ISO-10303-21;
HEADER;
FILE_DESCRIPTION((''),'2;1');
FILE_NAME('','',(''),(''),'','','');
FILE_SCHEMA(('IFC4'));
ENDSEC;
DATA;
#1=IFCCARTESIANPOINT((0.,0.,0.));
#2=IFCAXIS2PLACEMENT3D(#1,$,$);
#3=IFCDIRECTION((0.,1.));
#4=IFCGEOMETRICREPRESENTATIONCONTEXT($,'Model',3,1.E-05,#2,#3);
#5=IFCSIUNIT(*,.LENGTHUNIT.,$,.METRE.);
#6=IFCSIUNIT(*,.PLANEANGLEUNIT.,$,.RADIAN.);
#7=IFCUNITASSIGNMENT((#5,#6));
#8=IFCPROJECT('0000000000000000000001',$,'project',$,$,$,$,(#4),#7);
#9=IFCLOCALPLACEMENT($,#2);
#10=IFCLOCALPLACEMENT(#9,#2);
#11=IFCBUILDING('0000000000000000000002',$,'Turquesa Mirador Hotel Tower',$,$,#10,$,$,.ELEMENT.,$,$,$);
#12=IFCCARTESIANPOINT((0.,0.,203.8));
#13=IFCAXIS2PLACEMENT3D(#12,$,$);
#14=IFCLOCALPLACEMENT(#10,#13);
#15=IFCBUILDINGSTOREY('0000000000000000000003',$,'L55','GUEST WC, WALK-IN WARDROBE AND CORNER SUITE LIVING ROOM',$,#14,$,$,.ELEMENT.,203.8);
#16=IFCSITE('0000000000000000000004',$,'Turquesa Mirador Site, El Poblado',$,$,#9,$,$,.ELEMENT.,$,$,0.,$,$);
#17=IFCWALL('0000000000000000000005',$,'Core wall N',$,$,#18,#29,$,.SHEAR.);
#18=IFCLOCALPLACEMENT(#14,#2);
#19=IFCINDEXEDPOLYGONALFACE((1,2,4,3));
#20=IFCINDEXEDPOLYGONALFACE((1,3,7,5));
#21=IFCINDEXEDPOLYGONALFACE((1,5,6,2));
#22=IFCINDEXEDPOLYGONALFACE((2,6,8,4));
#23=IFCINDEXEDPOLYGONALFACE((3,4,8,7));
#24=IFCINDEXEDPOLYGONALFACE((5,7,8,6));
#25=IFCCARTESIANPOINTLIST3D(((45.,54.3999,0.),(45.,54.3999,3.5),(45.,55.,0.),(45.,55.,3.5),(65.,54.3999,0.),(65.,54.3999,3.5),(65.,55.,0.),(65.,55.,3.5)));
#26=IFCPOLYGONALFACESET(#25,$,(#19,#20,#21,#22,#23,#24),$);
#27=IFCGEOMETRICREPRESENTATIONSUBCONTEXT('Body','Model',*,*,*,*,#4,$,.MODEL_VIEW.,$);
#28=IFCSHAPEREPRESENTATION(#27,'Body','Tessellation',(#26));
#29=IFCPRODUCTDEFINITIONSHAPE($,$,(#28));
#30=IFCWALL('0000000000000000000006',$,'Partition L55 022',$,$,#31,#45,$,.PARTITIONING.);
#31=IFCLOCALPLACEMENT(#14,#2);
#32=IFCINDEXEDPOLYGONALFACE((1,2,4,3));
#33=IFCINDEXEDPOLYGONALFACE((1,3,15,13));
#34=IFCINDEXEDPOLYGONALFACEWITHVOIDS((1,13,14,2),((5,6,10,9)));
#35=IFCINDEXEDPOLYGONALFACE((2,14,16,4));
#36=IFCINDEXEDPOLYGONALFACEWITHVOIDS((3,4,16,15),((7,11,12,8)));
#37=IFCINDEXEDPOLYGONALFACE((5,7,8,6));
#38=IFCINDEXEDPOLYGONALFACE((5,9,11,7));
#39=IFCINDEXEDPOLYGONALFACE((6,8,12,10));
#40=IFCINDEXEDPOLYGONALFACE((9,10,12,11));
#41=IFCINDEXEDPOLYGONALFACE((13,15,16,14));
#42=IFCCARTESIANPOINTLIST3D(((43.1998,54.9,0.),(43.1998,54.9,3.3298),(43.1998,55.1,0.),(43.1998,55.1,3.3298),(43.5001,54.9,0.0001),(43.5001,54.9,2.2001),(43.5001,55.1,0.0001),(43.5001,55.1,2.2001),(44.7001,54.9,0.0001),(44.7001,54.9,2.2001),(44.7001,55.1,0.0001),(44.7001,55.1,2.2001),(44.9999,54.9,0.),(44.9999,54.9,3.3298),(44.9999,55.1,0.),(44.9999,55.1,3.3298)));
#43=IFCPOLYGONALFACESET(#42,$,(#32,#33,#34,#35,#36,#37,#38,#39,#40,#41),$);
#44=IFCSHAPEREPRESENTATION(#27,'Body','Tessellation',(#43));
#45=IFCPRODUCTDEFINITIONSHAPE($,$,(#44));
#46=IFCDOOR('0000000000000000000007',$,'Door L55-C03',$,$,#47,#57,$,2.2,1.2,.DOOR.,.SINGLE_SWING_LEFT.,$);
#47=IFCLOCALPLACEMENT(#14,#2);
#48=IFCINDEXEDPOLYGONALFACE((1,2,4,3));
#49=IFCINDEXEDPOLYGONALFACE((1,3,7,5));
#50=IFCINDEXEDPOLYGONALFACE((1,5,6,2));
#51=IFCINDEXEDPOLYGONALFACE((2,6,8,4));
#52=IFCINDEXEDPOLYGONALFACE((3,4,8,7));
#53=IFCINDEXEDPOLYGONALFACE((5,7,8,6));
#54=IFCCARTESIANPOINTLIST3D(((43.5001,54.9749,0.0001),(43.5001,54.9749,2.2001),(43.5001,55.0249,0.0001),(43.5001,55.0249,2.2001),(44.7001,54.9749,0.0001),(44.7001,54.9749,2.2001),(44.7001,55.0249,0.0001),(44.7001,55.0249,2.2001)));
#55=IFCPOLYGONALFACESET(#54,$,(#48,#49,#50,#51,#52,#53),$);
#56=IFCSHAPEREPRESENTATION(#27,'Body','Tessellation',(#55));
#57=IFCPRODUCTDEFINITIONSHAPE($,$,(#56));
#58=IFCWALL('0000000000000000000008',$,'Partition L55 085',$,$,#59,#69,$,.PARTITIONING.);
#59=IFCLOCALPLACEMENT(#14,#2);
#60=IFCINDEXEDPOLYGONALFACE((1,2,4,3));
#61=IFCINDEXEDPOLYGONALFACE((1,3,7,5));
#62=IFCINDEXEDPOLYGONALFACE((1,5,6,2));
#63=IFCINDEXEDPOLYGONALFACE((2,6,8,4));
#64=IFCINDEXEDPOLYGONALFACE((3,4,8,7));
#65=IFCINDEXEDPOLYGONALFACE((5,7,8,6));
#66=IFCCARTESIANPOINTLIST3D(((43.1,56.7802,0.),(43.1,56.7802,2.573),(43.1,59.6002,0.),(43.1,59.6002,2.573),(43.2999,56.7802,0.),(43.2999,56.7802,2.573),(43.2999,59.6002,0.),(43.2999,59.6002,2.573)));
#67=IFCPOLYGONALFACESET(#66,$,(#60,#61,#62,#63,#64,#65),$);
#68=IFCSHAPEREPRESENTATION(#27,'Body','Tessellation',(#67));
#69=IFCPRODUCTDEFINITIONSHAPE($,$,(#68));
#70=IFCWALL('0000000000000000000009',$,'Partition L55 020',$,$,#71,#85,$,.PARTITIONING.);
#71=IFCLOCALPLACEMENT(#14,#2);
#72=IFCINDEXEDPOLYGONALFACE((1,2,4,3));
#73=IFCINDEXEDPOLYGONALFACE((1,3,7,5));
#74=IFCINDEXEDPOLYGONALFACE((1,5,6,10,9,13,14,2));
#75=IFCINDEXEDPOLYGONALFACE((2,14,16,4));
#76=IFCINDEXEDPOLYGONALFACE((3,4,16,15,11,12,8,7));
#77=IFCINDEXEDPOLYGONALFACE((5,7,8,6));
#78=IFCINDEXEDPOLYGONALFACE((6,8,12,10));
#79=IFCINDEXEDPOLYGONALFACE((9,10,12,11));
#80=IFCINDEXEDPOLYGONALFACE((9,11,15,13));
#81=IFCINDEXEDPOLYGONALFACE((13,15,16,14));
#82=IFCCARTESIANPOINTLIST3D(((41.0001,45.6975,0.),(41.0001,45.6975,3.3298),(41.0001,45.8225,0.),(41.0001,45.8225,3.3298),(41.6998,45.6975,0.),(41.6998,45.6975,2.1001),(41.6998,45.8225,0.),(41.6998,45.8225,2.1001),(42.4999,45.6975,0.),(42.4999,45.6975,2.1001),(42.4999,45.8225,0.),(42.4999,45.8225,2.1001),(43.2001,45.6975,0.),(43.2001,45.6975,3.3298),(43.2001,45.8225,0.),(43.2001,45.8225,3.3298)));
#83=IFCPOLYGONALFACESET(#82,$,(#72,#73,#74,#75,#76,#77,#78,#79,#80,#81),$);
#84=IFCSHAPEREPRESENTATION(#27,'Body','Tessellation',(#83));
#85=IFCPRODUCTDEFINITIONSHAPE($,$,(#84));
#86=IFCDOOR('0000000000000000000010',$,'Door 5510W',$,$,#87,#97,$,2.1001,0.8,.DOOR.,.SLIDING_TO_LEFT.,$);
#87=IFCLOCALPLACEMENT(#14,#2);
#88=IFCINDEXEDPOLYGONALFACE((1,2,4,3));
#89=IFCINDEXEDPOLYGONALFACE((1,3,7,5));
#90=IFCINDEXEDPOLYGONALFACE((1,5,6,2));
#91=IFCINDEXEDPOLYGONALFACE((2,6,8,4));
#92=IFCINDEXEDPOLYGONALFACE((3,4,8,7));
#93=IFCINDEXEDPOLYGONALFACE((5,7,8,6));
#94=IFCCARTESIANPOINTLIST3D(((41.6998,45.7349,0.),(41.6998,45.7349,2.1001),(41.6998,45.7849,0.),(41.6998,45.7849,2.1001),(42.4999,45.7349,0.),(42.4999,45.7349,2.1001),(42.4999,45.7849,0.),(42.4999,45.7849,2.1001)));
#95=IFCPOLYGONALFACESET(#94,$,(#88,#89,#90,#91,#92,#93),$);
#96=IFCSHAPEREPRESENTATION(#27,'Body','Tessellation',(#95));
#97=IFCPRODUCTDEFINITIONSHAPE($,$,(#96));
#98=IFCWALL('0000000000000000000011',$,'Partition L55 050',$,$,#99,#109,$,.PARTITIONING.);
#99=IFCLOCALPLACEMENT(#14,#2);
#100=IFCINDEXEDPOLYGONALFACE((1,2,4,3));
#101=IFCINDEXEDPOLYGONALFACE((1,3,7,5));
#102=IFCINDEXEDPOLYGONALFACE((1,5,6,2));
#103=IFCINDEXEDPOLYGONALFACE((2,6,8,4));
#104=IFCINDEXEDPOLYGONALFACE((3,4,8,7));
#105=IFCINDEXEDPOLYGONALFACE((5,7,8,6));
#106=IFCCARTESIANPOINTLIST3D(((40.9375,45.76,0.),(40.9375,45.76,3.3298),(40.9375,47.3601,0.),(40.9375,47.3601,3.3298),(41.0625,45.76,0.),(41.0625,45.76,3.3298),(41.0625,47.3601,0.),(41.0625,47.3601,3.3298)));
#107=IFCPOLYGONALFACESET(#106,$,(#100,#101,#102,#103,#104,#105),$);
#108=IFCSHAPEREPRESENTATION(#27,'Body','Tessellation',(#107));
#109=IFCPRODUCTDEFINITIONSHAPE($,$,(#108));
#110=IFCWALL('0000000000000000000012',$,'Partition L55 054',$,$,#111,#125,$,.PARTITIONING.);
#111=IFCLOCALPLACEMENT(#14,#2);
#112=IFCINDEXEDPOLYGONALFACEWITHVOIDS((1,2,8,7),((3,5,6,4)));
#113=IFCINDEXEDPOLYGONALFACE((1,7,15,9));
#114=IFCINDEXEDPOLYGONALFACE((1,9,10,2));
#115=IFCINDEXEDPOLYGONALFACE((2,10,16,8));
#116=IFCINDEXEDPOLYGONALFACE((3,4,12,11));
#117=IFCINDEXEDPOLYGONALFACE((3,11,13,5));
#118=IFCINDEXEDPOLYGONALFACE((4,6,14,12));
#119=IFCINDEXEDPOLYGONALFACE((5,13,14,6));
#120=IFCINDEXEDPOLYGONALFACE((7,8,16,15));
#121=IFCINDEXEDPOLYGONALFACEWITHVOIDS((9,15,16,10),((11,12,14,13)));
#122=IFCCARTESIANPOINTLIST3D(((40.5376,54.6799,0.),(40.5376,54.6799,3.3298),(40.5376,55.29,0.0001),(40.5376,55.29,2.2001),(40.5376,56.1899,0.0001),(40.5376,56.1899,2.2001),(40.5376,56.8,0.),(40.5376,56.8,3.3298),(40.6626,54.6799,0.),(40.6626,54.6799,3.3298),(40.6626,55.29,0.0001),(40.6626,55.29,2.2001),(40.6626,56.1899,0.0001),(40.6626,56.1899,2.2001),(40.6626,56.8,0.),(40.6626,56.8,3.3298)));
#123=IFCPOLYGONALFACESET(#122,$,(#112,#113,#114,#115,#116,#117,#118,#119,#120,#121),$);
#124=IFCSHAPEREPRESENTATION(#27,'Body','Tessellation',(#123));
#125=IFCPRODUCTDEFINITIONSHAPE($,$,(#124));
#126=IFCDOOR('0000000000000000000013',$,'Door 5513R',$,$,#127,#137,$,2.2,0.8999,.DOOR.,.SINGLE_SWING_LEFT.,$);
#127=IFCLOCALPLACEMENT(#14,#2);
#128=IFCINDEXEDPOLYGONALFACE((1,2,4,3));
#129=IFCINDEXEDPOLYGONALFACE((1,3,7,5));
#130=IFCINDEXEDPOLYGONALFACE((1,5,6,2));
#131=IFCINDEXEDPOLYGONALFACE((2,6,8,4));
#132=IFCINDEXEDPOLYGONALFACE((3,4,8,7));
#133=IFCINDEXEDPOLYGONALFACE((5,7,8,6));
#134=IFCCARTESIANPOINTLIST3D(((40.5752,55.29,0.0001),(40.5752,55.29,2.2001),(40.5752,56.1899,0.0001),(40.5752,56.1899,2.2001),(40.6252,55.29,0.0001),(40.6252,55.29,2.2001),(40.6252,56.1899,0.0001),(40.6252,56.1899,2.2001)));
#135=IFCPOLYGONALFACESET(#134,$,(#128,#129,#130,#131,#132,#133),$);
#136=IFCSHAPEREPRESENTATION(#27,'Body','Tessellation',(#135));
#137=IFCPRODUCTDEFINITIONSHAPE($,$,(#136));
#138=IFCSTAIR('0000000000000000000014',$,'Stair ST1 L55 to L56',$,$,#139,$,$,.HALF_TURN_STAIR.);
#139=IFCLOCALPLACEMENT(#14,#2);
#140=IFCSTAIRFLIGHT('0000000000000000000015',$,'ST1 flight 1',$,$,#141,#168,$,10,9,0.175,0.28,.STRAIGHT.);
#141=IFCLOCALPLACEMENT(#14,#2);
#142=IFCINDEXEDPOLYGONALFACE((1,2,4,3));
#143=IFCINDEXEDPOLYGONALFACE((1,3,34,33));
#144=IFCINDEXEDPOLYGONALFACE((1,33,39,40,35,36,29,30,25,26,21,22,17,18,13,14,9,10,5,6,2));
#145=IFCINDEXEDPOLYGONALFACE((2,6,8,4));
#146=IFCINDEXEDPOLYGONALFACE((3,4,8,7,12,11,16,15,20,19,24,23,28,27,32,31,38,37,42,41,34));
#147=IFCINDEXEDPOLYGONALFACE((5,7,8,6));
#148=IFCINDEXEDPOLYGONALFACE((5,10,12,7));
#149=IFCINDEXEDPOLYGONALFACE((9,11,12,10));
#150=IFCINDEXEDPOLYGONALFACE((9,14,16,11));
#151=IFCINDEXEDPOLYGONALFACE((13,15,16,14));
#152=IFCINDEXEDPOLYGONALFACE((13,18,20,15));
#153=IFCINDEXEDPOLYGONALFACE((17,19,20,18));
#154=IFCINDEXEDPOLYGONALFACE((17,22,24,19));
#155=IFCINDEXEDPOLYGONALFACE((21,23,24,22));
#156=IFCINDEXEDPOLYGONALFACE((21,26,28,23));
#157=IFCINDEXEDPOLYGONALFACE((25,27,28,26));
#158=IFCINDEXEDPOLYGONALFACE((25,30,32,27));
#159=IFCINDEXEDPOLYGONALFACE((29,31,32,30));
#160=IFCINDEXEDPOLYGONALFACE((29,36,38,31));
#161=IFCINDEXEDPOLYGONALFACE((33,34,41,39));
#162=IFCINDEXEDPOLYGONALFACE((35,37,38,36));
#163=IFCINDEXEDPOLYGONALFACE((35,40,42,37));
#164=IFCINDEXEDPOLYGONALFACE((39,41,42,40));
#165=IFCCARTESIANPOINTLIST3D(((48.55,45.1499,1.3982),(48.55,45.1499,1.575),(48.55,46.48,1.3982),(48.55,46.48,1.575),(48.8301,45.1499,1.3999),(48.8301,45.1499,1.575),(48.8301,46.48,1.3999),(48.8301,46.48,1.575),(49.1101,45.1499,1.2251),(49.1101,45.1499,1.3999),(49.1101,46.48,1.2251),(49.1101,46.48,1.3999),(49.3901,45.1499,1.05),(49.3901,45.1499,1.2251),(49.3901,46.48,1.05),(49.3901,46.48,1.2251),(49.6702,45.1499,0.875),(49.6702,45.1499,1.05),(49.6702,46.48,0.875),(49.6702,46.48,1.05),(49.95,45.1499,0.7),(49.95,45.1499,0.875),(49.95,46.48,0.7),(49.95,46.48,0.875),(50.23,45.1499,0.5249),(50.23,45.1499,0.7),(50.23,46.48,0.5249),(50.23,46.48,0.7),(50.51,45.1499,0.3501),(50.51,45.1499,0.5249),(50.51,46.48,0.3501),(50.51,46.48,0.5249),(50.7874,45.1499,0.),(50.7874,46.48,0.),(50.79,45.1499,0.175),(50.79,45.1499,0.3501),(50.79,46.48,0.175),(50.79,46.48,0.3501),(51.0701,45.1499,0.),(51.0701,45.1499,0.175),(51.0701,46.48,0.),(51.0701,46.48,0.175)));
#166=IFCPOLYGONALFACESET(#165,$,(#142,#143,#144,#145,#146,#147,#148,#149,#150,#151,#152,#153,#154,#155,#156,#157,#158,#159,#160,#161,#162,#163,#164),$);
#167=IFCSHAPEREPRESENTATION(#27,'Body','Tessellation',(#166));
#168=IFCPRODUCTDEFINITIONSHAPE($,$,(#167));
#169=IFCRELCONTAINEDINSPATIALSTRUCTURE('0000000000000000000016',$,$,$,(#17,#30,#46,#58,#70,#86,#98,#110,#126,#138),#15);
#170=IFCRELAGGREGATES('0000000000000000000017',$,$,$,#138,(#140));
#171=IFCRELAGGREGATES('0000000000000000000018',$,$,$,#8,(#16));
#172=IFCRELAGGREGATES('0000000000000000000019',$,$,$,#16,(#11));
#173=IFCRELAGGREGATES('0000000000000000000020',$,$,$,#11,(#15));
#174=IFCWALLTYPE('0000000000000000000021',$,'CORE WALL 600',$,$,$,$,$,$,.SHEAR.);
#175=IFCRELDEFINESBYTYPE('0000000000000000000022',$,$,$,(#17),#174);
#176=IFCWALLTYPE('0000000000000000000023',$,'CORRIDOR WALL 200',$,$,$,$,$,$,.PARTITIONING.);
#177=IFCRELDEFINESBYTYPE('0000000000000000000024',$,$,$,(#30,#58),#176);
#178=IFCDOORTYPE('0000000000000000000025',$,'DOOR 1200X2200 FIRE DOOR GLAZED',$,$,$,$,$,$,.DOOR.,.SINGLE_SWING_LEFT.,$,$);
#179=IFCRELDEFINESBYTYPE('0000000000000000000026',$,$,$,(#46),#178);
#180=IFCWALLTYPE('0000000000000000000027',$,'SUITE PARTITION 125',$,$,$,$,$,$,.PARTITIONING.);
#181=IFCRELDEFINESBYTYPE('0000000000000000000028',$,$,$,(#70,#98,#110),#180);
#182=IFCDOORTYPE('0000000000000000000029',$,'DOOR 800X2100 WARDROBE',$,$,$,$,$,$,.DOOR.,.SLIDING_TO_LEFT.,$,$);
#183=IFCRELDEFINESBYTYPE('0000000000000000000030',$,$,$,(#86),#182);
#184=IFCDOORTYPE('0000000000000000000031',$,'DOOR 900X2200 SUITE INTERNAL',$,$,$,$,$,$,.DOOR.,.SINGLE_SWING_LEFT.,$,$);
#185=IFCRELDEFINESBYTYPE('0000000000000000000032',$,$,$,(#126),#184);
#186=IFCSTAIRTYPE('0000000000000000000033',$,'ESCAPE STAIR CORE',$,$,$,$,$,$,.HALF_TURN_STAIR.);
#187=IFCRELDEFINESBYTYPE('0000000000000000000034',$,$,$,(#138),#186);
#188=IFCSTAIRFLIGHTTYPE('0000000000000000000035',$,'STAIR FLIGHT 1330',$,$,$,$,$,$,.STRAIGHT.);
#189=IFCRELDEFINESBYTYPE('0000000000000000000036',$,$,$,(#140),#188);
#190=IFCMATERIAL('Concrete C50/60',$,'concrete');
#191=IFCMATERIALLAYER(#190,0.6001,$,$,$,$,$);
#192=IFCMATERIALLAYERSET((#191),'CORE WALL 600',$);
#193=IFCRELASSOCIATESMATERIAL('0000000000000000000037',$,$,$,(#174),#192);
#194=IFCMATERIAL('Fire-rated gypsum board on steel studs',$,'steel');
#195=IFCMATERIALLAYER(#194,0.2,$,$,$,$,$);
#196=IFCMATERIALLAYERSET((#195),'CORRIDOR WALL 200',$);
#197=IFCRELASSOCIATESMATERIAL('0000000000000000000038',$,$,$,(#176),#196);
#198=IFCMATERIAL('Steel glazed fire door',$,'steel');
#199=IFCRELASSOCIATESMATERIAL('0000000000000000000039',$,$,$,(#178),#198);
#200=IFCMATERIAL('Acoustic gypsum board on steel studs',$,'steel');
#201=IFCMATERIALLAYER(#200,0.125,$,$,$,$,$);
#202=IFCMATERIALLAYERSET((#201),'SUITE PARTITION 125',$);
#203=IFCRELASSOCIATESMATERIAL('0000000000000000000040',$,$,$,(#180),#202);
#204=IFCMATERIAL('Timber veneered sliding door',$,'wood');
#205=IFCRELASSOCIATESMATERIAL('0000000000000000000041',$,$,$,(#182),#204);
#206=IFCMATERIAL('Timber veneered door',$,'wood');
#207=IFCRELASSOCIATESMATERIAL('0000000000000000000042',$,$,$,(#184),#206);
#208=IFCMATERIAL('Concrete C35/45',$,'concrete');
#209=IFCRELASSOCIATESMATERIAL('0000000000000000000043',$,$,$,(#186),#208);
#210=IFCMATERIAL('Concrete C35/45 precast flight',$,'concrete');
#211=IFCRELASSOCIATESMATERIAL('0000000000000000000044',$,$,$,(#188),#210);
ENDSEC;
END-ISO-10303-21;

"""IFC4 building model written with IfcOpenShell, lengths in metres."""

from ifc_helpers import new_model, si_unit, direction, frame, frame_2d, origin, place, context, subcontext, project, spatial, polyline, rectangle, outline, extrude, material, layer, layer_set, type_object, element, fill, aggregate, save


model = new_model("IFC4")

# Units and contexts
model_context = context("Model", 3, precision=1e-05, world=origin(), true_north=direction((0.0, 1.0)))
body_context = subcontext(model_context, "Body", "Model", "MODEL_VIEW")
ifc_project = project(units=[si_unit("LENGTHUNIT", "METRE"), si_unit("PLANEANGLEUNIT", "RADIAN")], contexts=[model_context])

# Site, building, storey
site_placement = place(None, origin())
site = spatial("IfcSite", under=ifc_project, at=site_placement, Name="Turquesa Mirador Site, El Poblado", CompositionType="ELEMENT", RefElevation=0.0)
building_placement = place(site_placement, origin())
building = spatial("IfcBuilding", under=site, at=building_placement, Name="Turquesa Mirador Hotel Tower", CompositionType="ELEMENT")
storey_placement = place(building_placement, frame((0.0, 0.0, 203.8)))
storey = spatial("IfcBuildingStorey", under=building, at=storey_placement, Name="L55", Description="GUEST WC, WALK-IN WARDROBE AND CORNER SUITE LIVING ROOM", CompositionType="ELEMENT", Elevation=203.8)

# Wall
ifc_material_1 = material(Name="Concrete C50/60", Category="concrete")
ifc_layer_1 = layer(ifc_material_1, 0.6001)
ifc_layer_set_1 = layer_set([ifc_layer_1], Name="CORE WALL 600")
wall_type_1 = type_object("IfcWallType", Name="CORE WALL 600", PredefinedType="SHEAR", material=ifc_layer_set_1)
wall_1_placement = place(storey_placement, frame((45.0, 54.7, 0.0), z_axis=(0.0, 0.0, 1.0), x_axis=(1.0, 0.0, 0.0)))
element("IfcWall", 1, at=wall_1_placement, inside=storey, type_object=wall_type_1, Name="Core wall N", PredefinedType="SHEAR", context=body_context, shape_type="SweptSolid", body=[
    extrude(rectangle(XDim=20.0, YDim=0.6001, at=frame_2d((10.0, 0.0))), origin(), (0.0, 0.0, 1.0), 3.5),
])

# Wall, opening, door
ifc_material_2 = material(Name="Fire-rated gypsum board on steel studs", Category="steel")
ifc_layer_2 = layer(ifc_material_2, 0.2)
ifc_layer_set_2 = layer_set([ifc_layer_2], Name="CORRIDOR WALL 200")
wall_type_2 = type_object("IfcWallType", Name="CORRIDOR WALL 200", PredefinedType="PARTITIONING", material=ifc_layer_set_2)
wall_2_placement = place(storey_placement, frame((43.2, 55.0, 0.0), z_axis=(0.0, 0.0, 1.0), x_axis=(1.0, 0.0, 0.0)))
wall_2 = element("IfcWall", 2, at=wall_2_placement, inside=storey, type_object=wall_type_2, Name="Partition L55 022", PredefinedType="PARTITIONING", context=body_context, shape_type="SweptSolid", body=[
    extrude(rectangle(XDim=1.8, YDim=0.2, at=frame_2d((0.8999, 0.0))), origin(), (0.0, 0.0, 1.0), 3.3298),
])
opening_1_placement = place(wall_2_placement, frame((0.3, 0.0, 0.0)))
opening_1 = element("IfcOpeningElement", 3, at=opening_1_placement, cuts=wall_2, PredefinedType="OPENING", context=body_context, shape_type="SweptSolid", body=[
    extrude(rectangle(XDim=1.2, YDim=2.2, at=frame_2d((0.6001, 1.1001))), frame((0.0, 0.1099, 0.0), z_axis=(0.0, -1.0, 0.0), x_axis=(1.0, 0.0, 0.0)), (0.0, 0.0, 1.0), 0.22),
])
ifc_material_3 = material(Name="Steel glazed fire door", Category="steel")
door_type_1 = type_object("IfcDoorType", Name="DOOR 1200X2200 FIRE DOOR GLAZED", OperationType="SINGLE_SWING_LEFT", PredefinedType="DOOR", material=ifc_material_3)
door_1_placement = place(opening_1_placement, origin())
door_1 = element("IfcDoor", 4, at=door_1_placement, inside=storey, type_object=door_type_1, Name="Door L55-C03", OperationType="SINGLE_SWING_LEFT", OverallHeight=2.2, OverallWidth=1.2, PredefinedType="DOOR", context=body_context, shape_type="SweptSolid", body=[
    extrude(rectangle(XDim=1.2, YDim=2.2, at=frame_2d((0.6001, 1.1001))), frame((0.0, 0.0249, 0.0), z_axis=(0.0, -1.0, 0.0), x_axis=(1.0, 0.0, 0.0)), (0.0, 0.0, 1.0), 0.05),
])
fill(opening_1, door_1)

# Wall
wall_3_placement = place(storey_placement, frame((43.2, 56.78, 0.0), z_axis=(0.0, 0.0, 1.0), x_axis=(0.0, 1.0, 0.0)))
element("IfcWall", 5, at=wall_3_placement, inside=storey, type_object=wall_type_2, Name="Partition L55 085", PredefinedType="PARTITIONING", context=body_context, shape_type="SweptSolid", body=[
    extrude(rectangle(XDim=2.8201, YDim=0.2, at=frame_2d((1.4102, 0.0))), origin(), (0.0, 0.0, 1.0), 2.573),
])

# Wall, opening, door
ifc_material_4 = material(Name="Acoustic gypsum board on steel studs", Category="steel")
ifc_layer_3 = layer(ifc_material_4, 0.125)
ifc_layer_set_3 = layer_set([ifc_layer_3], Name="SUITE PARTITION 125")
wall_type_3 = type_object("IfcWallType", Name="SUITE PARTITION 125", PredefinedType="PARTITIONING", material=ifc_layer_set_3)
wall_4_placement = place(storey_placement, frame((41.0, 45.76, 0.0), z_axis=(0.0, 0.0, 1.0), x_axis=(1.0, 0.0, 0.0)))
wall_4 = element("IfcWall", 6, at=wall_4_placement, inside=storey, type_object=wall_type_3, Name="Partition L55 020", PredefinedType="PARTITIONING", context=body_context, shape_type="SweptSolid", body=[
    extrude(rectangle(XDim=2.2, YDim=0.125, at=frame_2d((1.1001, 0.0))), origin(), (0.0, 0.0, 1.0), 3.3298),
])
opening_2_placement = place(wall_4_placement, frame((0.7, 0.0, 0.0)))
opening_2 = element("IfcOpeningElement", 7, at=opening_2_placement, cuts=wall_4, PredefinedType="OPENING", context=body_context, shape_type="SweptSolid", body=[
    extrude(rectangle(XDim=0.8, YDim=2.1001, at=frame_2d((0.3999, 1.05))), frame((0.0, 0.0725, 0.0), z_axis=(0.0, -1.0, 0.0), x_axis=(1.0, 0.0, 0.0)), (0.0, 0.0, 1.0), 0.145),
])
ifc_material_5 = material(Name="Timber veneered sliding door", Category="wood")
door_type_2 = type_object("IfcDoorType", Name="DOOR 800X2100 WARDROBE", OperationType="SLIDING_TO_LEFT", PredefinedType="DOOR", material=ifc_material_5)
door_2_placement = place(opening_2_placement, origin())
door_2 = element("IfcDoor", 8, at=door_2_placement, inside=storey, type_object=door_type_2, Name="Door 5510W", OperationType="SLIDING_TO_LEFT", OverallHeight=2.1001, OverallWidth=0.8, PredefinedType="DOOR", context=body_context, shape_type="SweptSolid", body=[
    extrude(rectangle(XDim=0.8, YDim=2.1001, at=frame_2d((0.3999, 1.05))), frame((0.0, 0.0249, 0.0), z_axis=(0.0, -1.0, 0.0), x_axis=(1.0, 0.0, 0.0)), (0.0, 0.0, 1.0), 0.05),
])
fill(opening_2, door_2)

# Wall
wall_5_placement = place(storey_placement, frame((41.0, 45.76, 0.0), z_axis=(0.0, 0.0, 1.0), x_axis=(0.0, 1.0, 0.0)))
element("IfcWall", 9, at=wall_5_placement, inside=storey, type_object=wall_type_3, Name="Partition L55 050", PredefinedType="PARTITIONING", context=body_context, shape_type="SweptSolid", body=[
    extrude(rectangle(XDim=1.6001, YDim=0.125, at=frame_2d((0.8, 0.0))), origin(), (0.0, 0.0, 1.0), 3.3298),
])

# Wall, opening, door
wall_6_placement = place(storey_placement, frame((40.6001, 54.6799, 0.0), z_axis=(0.0, 0.0, 1.0), x_axis=(0.0, 1.0, 0.0)))
wall_6 = element("IfcWall", 10, at=wall_6_placement, inside=storey, type_object=wall_type_3, Name="Partition L55 054", PredefinedType="PARTITIONING", context=body_context, shape_type="SweptSolid", body=[
    extrude(rectangle(XDim=2.1201, YDim=0.125, at=frame_2d((1.0601, 0.0))), origin(), (0.0, 0.0, 1.0), 3.3298),
])
opening_3_placement = place(wall_6_placement, frame((0.6101, 0.0, 0.0)))
opening_3 = element("IfcOpeningElement", 11, at=opening_3_placement, cuts=wall_6, PredefinedType="OPENING", context=body_context, shape_type="SweptSolid", body=[
    extrude(rectangle(XDim=0.8999, YDim=2.2, at=frame_2d((0.45, 1.1001))), frame((0.0, 0.0725, 0.0), z_axis=(0.0, -1.0, 0.0), x_axis=(1.0, 0.0, 0.0)), (0.0, 0.0, 1.0), 0.145),
])
ifc_material_6 = material(Name="Timber veneered door", Category="wood")
door_type_3 = type_object("IfcDoorType", Name="DOOR 900X2200 SUITE INTERNAL", OperationType="SINGLE_SWING_LEFT", PredefinedType="DOOR", material=ifc_material_6)
door_3_placement = place(opening_3_placement, origin())
door_3 = element("IfcDoor", 12, at=door_3_placement, inside=storey, type_object=door_type_3, Name="Door 5513R", OperationType="SINGLE_SWING_LEFT", OverallHeight=2.2, OverallWidth=0.8999, PredefinedType="DOOR", context=body_context, shape_type="SweptSolid", body=[
    extrude(rectangle(XDim=0.8999, YDim=2.2, at=frame_2d((0.45, 1.1001))), frame((0.0, 0.0249, 0.0), z_axis=(0.0, -1.0, 0.0), x_axis=(1.0, 0.0, 0.0)), (0.0, 0.0, 1.0), 0.05),
])
fill(opening_3, door_3)

# Stair, stair flight
ifc_material_7 = material(Name="Concrete C35/45", Category="concrete")
stair_type = type_object("IfcStairType", Name="ESCAPE STAIR CORE", PredefinedType="HALF_TURN_STAIR", material=ifc_material_7)
stair_1_placement = place(storey_placement, origin())
stair_1 = element("IfcStair", 13, at=stair_1_placement, inside=storey, type_object=stair_type, Name="Stair ST1 L55 to L56", PredefinedType="HALF_TURN_STAIR")
ifc_material_8 = material(Name="Concrete C35/45 precast flight", Category="concrete")
stair_flight_type = type_object("IfcStairFlightType", Name="STAIR FLIGHT 1330", PredefinedType="STRAIGHT", material=ifc_material_8)
stair_flight_1_placement = place(storey_placement, frame((51.0701, 45.8149, 0.0), z_axis=(0.0, 0.0, 1.0), x_axis=(-1.0, 0.0, 0.0)))
stair_flight_1 = element("IfcStairFlight", 14, at=stair_flight_1_placement, type_object=stair_flight_type, Name="ST1 flight 1", NumberOfRisers=10, NumberOfTreads=9, PredefinedType="STRAIGHT", RiserHeight=0.175, TreadLength=0.28, context=body_context, shape_type="SweptSolid", body=[
    extrude(outline(polyline([(0.0, 0.0), (0.0, 0.175), (0.28, 0.175), (0.28, 0.3501), (0.5601, 0.3501), (0.5601, 0.5249), (0.8401, 0.5249), (0.8401, 0.7), (1.1201, 0.7), (1.1201, 0.875), (1.3999, 0.875), (1.3999, 1.05), (1.6799, 1.05), (1.6799, 1.2251), (1.96, 1.2251), (1.96, 1.3999), (2.24, 1.3999), (2.24, 1.575), (2.52, 1.575), (2.52, 1.75), (2.52, 1.3982), (0.2827, 0.0), (0.0, 0.0)])), frame((0.0, 0.665, 0.0), z_axis=(0.0, -1.0, 0.0), x_axis=(1.0, 0.0, 0.0)), (0.0, 0.0, 1.0), 1.3301),
])
aggregate(stair_1, [stair_flight_1])

save(model, "model.ifc")
